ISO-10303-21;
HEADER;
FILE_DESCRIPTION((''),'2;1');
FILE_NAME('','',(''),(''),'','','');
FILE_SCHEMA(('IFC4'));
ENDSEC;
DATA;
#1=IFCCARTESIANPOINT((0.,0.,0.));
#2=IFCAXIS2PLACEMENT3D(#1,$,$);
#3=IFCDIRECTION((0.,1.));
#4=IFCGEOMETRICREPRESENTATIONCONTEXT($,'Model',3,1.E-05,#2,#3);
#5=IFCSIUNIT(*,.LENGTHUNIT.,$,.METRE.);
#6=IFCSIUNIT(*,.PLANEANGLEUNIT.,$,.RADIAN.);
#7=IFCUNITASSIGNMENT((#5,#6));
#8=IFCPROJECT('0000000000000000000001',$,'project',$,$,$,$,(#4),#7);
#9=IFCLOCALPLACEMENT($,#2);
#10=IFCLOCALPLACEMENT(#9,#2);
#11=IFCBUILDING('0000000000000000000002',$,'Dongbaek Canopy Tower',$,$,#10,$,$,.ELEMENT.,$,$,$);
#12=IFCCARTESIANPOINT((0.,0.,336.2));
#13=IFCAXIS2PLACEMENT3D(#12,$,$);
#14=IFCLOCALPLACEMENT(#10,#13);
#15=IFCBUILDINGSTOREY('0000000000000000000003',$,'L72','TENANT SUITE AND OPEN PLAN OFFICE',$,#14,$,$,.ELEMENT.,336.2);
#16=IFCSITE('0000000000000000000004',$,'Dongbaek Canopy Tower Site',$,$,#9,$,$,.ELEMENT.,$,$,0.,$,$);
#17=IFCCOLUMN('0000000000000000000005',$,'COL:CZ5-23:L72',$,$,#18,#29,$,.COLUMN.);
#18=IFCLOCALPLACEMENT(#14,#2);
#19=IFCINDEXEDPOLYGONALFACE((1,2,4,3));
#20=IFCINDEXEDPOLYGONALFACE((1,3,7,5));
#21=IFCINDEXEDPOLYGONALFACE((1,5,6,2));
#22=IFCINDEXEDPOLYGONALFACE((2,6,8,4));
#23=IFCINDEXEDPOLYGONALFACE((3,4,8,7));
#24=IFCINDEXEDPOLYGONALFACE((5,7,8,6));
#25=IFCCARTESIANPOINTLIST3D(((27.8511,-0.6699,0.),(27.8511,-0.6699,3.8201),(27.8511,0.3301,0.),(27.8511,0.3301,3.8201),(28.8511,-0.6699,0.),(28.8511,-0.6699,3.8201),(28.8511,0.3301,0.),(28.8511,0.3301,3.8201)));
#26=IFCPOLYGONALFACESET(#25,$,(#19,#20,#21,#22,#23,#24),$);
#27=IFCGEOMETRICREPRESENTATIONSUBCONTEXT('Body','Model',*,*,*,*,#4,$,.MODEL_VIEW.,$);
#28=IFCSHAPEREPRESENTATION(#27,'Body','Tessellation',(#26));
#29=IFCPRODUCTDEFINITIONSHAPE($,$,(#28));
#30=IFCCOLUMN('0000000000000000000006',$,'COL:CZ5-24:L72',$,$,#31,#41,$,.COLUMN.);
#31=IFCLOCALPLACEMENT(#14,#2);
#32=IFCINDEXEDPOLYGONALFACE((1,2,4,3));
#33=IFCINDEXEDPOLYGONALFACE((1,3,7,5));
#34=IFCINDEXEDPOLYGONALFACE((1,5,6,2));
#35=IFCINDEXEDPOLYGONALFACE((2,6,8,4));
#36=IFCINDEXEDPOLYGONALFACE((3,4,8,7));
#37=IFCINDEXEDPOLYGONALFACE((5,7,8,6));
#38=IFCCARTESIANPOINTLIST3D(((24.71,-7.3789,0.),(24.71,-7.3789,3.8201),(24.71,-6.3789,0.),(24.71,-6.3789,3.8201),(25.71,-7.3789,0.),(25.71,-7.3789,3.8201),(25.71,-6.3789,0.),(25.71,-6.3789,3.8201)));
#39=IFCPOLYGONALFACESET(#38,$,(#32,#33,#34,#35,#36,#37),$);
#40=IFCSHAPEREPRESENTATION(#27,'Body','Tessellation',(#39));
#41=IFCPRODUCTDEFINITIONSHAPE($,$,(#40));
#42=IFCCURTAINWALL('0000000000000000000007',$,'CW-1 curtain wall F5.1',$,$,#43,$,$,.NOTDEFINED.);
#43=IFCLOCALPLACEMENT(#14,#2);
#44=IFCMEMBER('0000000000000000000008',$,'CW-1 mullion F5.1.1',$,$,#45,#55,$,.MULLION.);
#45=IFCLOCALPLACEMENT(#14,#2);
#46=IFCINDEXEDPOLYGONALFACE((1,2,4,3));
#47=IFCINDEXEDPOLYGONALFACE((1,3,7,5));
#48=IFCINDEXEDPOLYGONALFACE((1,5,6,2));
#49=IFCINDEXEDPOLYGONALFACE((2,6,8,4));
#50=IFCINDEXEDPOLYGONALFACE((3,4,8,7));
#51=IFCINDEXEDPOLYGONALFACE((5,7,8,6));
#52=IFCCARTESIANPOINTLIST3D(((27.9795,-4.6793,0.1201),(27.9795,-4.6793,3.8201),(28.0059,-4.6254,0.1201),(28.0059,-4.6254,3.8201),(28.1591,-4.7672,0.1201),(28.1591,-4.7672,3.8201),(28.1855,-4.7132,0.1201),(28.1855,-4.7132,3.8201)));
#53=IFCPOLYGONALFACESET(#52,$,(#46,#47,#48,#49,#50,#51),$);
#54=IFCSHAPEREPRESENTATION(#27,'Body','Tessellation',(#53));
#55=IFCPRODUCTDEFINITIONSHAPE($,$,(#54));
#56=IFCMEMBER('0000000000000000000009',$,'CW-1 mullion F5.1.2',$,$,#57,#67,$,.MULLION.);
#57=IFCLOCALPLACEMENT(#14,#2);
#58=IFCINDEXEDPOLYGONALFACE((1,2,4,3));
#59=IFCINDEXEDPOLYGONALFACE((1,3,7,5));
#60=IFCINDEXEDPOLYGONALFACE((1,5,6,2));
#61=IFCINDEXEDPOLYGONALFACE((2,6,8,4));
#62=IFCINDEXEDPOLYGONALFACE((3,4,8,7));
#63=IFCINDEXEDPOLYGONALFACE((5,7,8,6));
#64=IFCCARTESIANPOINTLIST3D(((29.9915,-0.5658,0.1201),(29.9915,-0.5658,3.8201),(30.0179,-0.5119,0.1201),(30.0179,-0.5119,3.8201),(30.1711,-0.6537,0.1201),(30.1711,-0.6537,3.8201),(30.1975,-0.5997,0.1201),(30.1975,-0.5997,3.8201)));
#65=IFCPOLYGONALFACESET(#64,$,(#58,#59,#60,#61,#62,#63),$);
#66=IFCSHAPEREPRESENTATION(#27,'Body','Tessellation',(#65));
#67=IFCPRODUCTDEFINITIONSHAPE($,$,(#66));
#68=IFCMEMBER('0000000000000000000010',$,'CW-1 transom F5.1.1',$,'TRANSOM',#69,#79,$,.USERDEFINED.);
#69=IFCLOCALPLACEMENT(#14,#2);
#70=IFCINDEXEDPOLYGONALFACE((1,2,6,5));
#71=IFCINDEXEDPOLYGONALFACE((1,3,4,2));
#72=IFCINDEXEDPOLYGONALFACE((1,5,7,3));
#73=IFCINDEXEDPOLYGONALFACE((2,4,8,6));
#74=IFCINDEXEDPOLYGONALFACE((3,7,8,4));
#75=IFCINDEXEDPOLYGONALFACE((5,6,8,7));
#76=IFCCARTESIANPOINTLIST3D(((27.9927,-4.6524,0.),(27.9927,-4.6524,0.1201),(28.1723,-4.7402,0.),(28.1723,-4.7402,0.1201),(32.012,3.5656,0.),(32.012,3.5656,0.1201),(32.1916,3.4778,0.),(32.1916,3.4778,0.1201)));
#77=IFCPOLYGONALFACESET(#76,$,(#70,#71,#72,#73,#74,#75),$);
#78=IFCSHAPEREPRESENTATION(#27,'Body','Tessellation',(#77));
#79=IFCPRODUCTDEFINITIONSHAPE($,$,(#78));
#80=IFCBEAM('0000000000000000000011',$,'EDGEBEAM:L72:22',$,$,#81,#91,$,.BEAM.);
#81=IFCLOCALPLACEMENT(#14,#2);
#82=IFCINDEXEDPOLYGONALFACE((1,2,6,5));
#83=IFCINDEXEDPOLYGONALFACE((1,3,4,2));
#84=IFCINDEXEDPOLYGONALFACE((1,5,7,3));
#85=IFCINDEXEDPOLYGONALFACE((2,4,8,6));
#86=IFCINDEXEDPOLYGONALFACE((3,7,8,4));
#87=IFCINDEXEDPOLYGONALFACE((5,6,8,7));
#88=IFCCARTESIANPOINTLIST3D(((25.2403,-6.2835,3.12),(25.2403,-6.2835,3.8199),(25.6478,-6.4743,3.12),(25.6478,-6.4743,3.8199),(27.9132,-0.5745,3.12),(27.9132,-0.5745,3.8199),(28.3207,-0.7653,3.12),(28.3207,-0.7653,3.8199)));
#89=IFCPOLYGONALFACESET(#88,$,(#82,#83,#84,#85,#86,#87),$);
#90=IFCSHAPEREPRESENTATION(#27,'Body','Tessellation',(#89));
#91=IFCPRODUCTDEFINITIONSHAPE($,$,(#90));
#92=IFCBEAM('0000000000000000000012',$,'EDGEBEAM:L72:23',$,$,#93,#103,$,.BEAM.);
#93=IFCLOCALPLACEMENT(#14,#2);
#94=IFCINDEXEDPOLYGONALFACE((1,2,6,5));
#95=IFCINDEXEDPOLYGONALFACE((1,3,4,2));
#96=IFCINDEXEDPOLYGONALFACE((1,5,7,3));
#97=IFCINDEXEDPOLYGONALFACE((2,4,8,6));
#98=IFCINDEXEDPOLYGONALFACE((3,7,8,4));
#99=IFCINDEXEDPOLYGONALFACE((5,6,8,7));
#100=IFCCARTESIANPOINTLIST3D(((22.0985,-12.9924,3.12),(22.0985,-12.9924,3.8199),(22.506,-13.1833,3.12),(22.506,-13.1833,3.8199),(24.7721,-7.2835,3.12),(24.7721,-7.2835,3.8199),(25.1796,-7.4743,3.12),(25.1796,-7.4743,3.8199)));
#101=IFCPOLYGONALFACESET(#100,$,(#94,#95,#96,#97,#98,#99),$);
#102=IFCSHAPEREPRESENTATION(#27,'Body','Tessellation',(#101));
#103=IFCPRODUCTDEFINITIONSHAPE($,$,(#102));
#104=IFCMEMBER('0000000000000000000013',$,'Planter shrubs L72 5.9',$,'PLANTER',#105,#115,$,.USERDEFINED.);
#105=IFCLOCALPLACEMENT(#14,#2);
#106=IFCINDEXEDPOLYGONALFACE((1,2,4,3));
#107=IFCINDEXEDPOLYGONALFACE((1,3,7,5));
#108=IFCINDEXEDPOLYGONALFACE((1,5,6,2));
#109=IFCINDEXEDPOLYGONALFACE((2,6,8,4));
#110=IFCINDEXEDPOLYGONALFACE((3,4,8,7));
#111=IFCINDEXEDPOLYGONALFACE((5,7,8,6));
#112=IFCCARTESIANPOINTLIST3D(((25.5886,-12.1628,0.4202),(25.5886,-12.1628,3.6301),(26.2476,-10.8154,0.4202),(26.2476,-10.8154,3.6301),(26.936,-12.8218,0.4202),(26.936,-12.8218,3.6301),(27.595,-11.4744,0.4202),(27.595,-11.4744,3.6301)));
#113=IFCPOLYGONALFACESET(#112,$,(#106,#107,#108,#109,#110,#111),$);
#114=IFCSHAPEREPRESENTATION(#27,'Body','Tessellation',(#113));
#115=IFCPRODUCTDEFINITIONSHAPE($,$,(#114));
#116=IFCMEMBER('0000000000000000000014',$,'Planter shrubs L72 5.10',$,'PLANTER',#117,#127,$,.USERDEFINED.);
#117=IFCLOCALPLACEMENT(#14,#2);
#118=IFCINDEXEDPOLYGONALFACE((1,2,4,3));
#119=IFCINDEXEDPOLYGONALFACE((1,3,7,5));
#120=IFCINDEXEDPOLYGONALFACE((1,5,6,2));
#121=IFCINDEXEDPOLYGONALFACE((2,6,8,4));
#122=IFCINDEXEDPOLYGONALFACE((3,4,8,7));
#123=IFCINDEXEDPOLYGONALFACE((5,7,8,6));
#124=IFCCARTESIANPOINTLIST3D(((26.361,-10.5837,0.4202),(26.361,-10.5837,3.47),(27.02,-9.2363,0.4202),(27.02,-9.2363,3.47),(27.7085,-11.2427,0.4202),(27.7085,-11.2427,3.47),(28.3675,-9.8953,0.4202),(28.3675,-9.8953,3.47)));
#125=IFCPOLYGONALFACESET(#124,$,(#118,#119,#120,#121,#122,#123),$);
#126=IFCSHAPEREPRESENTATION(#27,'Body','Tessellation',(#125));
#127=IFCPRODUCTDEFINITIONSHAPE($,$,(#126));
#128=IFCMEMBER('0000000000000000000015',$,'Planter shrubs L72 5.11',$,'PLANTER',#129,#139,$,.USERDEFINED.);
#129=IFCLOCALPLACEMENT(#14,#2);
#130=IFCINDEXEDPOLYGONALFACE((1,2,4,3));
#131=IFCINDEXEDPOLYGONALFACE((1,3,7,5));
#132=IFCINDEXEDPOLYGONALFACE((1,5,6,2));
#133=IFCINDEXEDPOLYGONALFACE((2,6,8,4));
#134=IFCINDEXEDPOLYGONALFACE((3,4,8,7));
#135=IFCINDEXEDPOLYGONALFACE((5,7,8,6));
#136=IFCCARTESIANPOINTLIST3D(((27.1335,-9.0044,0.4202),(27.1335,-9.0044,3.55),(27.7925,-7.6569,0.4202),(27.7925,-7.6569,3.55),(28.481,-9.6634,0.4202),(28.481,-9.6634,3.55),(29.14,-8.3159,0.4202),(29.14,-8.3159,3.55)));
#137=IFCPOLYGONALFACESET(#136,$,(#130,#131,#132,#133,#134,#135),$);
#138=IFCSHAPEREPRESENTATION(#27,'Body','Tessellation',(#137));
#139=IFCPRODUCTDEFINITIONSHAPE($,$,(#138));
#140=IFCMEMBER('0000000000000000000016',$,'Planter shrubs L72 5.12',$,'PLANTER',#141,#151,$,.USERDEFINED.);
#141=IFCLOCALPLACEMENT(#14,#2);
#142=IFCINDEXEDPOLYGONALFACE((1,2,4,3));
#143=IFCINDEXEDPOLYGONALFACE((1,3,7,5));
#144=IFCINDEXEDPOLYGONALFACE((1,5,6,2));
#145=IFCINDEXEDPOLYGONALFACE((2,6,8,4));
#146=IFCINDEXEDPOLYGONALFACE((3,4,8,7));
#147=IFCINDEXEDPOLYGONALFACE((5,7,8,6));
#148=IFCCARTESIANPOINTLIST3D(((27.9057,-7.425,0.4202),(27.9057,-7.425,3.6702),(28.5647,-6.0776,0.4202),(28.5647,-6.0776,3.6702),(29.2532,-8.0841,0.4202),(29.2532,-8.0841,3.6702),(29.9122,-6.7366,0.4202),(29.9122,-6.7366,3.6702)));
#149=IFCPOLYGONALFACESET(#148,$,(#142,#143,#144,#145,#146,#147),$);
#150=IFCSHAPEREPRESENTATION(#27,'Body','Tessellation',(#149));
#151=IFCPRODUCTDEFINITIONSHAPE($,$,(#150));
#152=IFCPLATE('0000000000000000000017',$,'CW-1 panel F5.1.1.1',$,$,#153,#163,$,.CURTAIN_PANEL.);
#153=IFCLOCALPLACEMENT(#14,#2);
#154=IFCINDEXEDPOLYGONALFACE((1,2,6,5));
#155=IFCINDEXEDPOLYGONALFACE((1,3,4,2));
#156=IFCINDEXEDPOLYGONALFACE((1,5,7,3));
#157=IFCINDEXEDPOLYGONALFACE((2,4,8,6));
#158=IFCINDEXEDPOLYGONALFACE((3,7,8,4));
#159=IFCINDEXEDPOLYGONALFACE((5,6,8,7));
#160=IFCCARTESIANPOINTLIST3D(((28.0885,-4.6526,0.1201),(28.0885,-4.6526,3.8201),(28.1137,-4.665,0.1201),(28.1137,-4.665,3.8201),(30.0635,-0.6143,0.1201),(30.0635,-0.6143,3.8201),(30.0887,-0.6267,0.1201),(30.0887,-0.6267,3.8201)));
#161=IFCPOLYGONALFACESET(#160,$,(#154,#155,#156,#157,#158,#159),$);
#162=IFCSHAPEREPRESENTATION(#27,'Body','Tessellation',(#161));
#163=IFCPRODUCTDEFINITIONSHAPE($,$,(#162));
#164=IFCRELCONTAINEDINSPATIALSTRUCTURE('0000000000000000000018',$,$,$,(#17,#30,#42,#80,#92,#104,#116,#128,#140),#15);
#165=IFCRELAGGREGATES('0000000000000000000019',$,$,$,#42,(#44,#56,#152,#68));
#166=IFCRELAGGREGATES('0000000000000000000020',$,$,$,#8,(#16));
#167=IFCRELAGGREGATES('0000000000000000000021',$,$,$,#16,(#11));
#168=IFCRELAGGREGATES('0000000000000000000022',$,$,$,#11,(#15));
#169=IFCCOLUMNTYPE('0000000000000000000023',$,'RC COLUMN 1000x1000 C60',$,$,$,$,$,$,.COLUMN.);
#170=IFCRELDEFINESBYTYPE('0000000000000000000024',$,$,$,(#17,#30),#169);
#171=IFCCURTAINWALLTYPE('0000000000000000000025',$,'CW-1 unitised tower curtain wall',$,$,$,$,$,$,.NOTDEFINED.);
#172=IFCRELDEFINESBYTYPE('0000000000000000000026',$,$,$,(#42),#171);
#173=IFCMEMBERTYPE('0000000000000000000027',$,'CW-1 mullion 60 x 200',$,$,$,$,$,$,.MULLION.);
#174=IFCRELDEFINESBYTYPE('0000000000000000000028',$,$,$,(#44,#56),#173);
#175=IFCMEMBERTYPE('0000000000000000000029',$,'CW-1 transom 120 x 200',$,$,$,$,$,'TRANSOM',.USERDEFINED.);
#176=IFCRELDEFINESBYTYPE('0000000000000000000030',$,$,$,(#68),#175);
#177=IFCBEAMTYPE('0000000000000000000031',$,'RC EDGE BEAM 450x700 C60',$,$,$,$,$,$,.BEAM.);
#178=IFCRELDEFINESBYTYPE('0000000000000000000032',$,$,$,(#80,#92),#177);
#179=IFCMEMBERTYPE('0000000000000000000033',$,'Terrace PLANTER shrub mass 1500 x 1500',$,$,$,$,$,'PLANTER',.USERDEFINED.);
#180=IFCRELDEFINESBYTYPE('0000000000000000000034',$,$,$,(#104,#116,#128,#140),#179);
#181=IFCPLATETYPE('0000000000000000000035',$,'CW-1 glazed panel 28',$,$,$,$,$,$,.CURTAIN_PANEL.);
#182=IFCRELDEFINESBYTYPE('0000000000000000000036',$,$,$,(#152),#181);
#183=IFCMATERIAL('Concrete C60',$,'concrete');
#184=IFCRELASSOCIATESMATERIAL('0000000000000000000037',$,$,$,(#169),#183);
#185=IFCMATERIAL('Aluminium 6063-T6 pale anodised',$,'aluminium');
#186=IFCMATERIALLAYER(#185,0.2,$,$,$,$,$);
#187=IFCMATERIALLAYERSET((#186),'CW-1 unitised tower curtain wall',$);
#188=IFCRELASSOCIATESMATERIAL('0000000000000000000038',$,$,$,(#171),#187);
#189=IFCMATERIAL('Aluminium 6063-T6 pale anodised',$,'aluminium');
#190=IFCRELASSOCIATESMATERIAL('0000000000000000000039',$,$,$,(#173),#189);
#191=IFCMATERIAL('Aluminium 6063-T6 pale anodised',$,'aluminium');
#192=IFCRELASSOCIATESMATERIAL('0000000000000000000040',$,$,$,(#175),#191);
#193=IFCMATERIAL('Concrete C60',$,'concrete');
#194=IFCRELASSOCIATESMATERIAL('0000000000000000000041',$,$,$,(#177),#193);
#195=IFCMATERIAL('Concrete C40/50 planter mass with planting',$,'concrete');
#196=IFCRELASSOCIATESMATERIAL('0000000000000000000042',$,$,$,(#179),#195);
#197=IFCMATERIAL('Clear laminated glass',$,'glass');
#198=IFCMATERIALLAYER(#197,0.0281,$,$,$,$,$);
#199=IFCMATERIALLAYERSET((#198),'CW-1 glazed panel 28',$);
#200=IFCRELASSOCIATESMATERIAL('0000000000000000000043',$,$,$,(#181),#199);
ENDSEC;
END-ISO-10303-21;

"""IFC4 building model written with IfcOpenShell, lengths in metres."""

from ifc_helpers import new_model, si_unit, direction, frame, origin, origin_2d, place, context, subcontext, project, spatial, rectangle, extrude, material, layer, layer_set, material_profile, profile_set, type_object, element, aggregate, save


model = new_model("IFC4")

# Units and contexts
model_context = context("Model", 3, precision=1e-05, world=origin(), true_north=direction((0.0, 1.0)))
body_context = subcontext(model_context, "Body", "Model", "MODEL_VIEW")
ifc_project = project(units=[si_unit("LENGTHUNIT", "METRE"), si_unit("PLANEANGLEUNIT", "RADIAN")], contexts=[model_context])

# Site, building, storey
site_placement = place(None, origin())
site = spatial("IfcSite", under=ifc_project, at=site_placement, Name="Dongbaek Canopy Tower Site", CompositionType="ELEMENT", RefElevation=0.0)
building_placement = place(site_placement, origin())
building = spatial("IfcBuilding", under=site, at=building_placement, Name="Dongbaek Canopy Tower", CompositionType="ELEMENT")
storey_placement = place(building_placement, frame((0.0, 0.0, 336.2)))
storey = spatial("IfcBuildingStorey", under=building, at=storey_placement, Name="L72", Description="TENANT SUITE AND OPEN PLAN OFFICE", CompositionType="ELEMENT", Elevation=336.2)

# Columns
ifc_material_1 = material(Name="Concrete C60", Category="concrete")
ifc_material_profile_1 = material_profile(ifc_material_1, rectangle(XDim=1.0, YDim=1.0, at=origin_2d()), Name="RC COLUMN 1000x1000 C60")
ifc_profile_set_1 = profile_set([ifc_material_profile_1], Name="Concrete C60")
column_type = type_object("IfcColumnType", Name="RC COLUMN 1000x1000 C60", PredefinedType="COLUMN", material=ifc_profile_set_1)
for number, where, z_axis, x_axis, name in (
    (1, (28.3511, -0.1699, 0.0), (0.0, 0.0, 1.0), (1.0, 0.0, 0.0), "COL:CZ5-23:L72"),
    (2, (25.21, -6.8789, 0.0), (0.0, 0.0, 1.0), (1.0, 0.0, 0.0), "COL:CZ5-24:L72"),
):
    element("IfcColumn", number, at=place(storey_placement, frame(where, z_axis=z_axis, x_axis=x_axis)), inside=storey, type_object=column_type, Name=name, PredefinedType="COLUMN", context=body_context, shape_type="SweptSolid", body=[
        extrude(rectangle(XDim=1.0, YDim=1.0, at=origin_2d()), origin(), (0.0, 0.0, 1.0), 3.8201),
    ])

# Curtain wall, members
ifc_material_2 = material(Name="Aluminium 6063-T6 pale anodised", Category="aluminium")
ifc_layer_1 = layer(ifc_material_2, 0.2)
ifc_layer_set_1 = layer_set([ifc_layer_1], Name="CW-1 unitised tower curtain wall")
curtain_wall_type = type_object("IfcCurtainWallType", Name="CW-1 unitised tower curtain wall", PredefinedType="NOTDEFINED", material=ifc_layer_set_1)
curtain_wall_placement = place(storey_placement, origin())
curtain_wall = element("IfcCurtainWall", 3, at=curtain_wall_placement, inside=storey, type_object=curtain_wall_type, Name="CW-1 curtain wall F5.1", PredefinedType="NOTDEFINED")
ifc_material_3 = material(Name="Aluminium 6063-T6 pale anodised", Category="aluminium")
ifc_material_profile_2 = material_profile(ifc_material_3, rectangle(XDim=0.2, YDim=0.0601, at=origin_2d()), Name="CW-1 mullion 60 x 200")
ifc_profile_set_2 = profile_set([ifc_material_profile_2], Name="Aluminium 6063-T6 pale anodised")
member_type_1 = type_object("IfcMemberType", Name="CW-1 mullion 60 x 200", PredefinedType="MULLION", material=ifc_profile_set_2)
member_1_placement = place(storey_placement, frame((28.0825, -4.6963, 0.1201), z_axis=(0.0, 0.0, 1.0), x_axis=(0.898322, -0.439337, 0.0)))
member_1 = element("IfcMember", 4, at=member_1_placement, type_object=member_type_1, Name="CW-1 mullion F5.1.1", PredefinedType="MULLION", context=body_context, shape_type="SweptSolid", body=[
    extrude(rectangle(XDim=0.2, YDim=0.0601, at=origin_2d()), origin(), (0.0, 0.0, 1.0), 3.7),
])
member_2_placement = place(storey_placement, frame((30.0945, -0.5828, 0.1201), z_axis=(0.0, 0.0, 1.0), x_axis=(0.898322, -0.439337, 0.0)))
member_2 = element("IfcMember", 5, at=member_2_placement, type_object=member_type_1, Name="CW-1 mullion F5.1.2", PredefinedType="MULLION", context=body_context, shape_type="SweptSolid", body=[
    extrude(rectangle(XDim=0.2, YDim=0.0601, at=origin_2d()), origin(), (0.0, 0.0, 1.0), 3.7),
])
ifc_material_4 = material(Name="Aluminium 6063-T6 pale anodised", Category="aluminium")
ifc_material_profile_3 = material_profile(ifc_material_4, rectangle(XDim=0.2, YDim=0.1201, at=origin_2d()), Name="CW-1 transom 120 x 200")
ifc_profile_set_3 = profile_set([ifc_material_profile_3], Name="Aluminium 6063-T6 pale anodised")
member_type_2 = type_object("IfcMemberType", Name="CW-1 transom 120 x 200", ElementType="TRANSOM", PredefinedType="USERDEFINED", material=ifc_profile_set_3)
member_3_placement = place(storey_placement, frame((28.0825, -4.6963, 0.0601), z_axis=(0.43935, 0.898316, 0.0), x_axis=(-0.898316, 0.43935, 0.0)))
member_3 = element("IfcMember", 6, at=member_3_placement, type_object=member_type_2, Name="CW-1 transom F5.1.1", ObjectType="TRANSOM", PredefinedType="USERDEFINED", context=body_context, shape_type="SweptSolid", body=[
    extrude(rectangle(XDim=0.2, YDim=0.1201, at=origin_2d()), origin(), (0.0, 0.0, 1.0), 9.1482),
])

# Beams
ifc_material_5 = material(Name="Concrete C60", Category="concrete")
ifc_material_profile_4 = material_profile(ifc_material_5, rectangle(XDim=0.45, YDim=0.7, at=origin_2d()), Name="RC EDGE BEAM 450x700 C60")
ifc_profile_set_4 = profile_set([ifc_material_profile_4], Name="Concrete C60")
beam_type = type_object("IfcBeamType", Name="RC EDGE BEAM 450x700 C60", PredefinedType="BEAM", material=ifc_profile_set_4)
beam_1_placement = place(storey_placement, frame((28.1169, -0.6699, 3.47), z_axis=(-0.424013, -0.905656, 0.0), x_axis=(0.905656, -0.424013, 0.0)))
element("IfcBeam", 7, at=beam_1_placement, inside=storey, type_object=beam_type, Name="EDGEBEAM:L72:22", PredefinedType="BEAM", context=body_context, shape_type="SweptSolid", body=[
    extrude(rectangle(XDim=0.45, YDim=0.7, at=origin_2d()), origin(), (0.0, 0.0, 1.0), 6.3037),
])
beam_2_placement = place(storey_placement, frame((24.9758, -7.3789, 3.47), z_axis=(-0.424108, -0.905611, 0.0), x_axis=(0.905611, -0.424108, 0.0)))
element("IfcBeam", 8, at=beam_2_placement, inside=storey, type_object=beam_type, Name="EDGEBEAM:L72:23", PredefinedType="BEAM", context=body_context, shape_type="SweptSolid", body=[
    extrude(rectangle(XDim=0.45, YDim=0.7, at=origin_2d()), origin(), (0.0, 0.0, 1.0), 6.304),
])

# Members
ifc_material_6 = material(Name="Concrete C40/50 planter mass with planting", Category="concrete")
ifc_material_profile_5 = material_profile(ifc_material_6, rectangle(XDim=1.5, YDim=1.5, at=origin_2d()), Name="Terrace PLANTER shrub mass 1500 x 1500")
ifc_profile_set_5 = profile_set([ifc_material_profile_5], Name="Concrete C40/50 planter mass with planting")
member_type_3 = type_object("IfcMemberType", Name="Terrace PLANTER shrub mass 1500 x 1500", ElementType="PLANTER", PredefinedType="USERDEFINED", material=ifc_profile_set_5)
member_4_placement = place(storey_placement, frame((26.5918, -11.8186, 0.4202), z_axis=(0.0, 0.0, 1.0), x_axis=(0.898322, -0.439337, 0.0)))
element("IfcMember", 9, at=member_4_placement, inside=storey, type_object=member_type_3, Name="Planter shrubs L72 5.9", ObjectType="PLANTER", PredefinedType="USERDEFINED", context=body_context, shape_type="SweptSolid", body=[
    extrude(rectangle(XDim=1.5, YDim=1.5, at=origin_2d()), origin(), (0.0, 0.0, 1.0), 3.21),
])
member_5_placement = place(storey_placement, frame((27.3643, -10.2395, 0.4202), z_axis=(0.0, 0.0, 1.0), x_axis=(0.898322, -0.439337, 0.0)))
element("IfcMember", 10, at=member_5_placement, inside=storey, type_object=member_type_3, Name="Planter shrubs L72 5.10", ObjectType="PLANTER", PredefinedType="USERDEFINED", context=body_context, shape_type="SweptSolid", body=[
    extrude(rectangle(XDim=1.5, YDim=1.5, at=origin_2d()), origin(), (0.0, 0.0, 1.0), 3.0498),
])
member_6_placement = place(storey_placement, frame((28.1367, -8.6602, 0.4202), z_axis=(0.0, 0.0, 1.0), x_axis=(0.898322, -0.439337, 0.0)))
element("IfcMember", 11, at=member_6_placement, inside=storey, type_object=member_type_3, Name="Planter shrubs L72 5.11", ObjectType="PLANTER", PredefinedType="USERDEFINED", context=body_context, shape_type="SweptSolid", body=[
    extrude(rectangle(XDim=1.5, YDim=1.5, at=origin_2d()), origin(), (0.0, 0.0, 1.0), 3.1299),
])
member_7_placement = place(storey_placement, frame((28.9089, -7.0808, 0.4202), z_axis=(0.0, 0.0, 1.0), x_axis=(0.898322, -0.439337, 0.0)))
element("IfcMember", 12, at=member_7_placement, inside=storey, type_object=member_type_3, Name="Planter shrubs L72 5.12", ObjectType="PLANTER", PredefinedType="USERDEFINED", context=body_context, shape_type="SweptSolid", body=[
    extrude(rectangle(XDim=1.5, YDim=1.5, at=origin_2d()), origin(), (0.0, 0.0, 1.0), 3.25),
])

# Plate
ifc_material_7 = material(Name="Clear laminated glass", Category="glass")
ifc_layer_2 = layer(ifc_material_7, 0.0281)
ifc_layer_set_2 = layer_set([ifc_layer_2], Name="CW-1 glazed panel 28")
plate_type = type_object("IfcPlateType", Name="CW-1 glazed panel 28", PredefinedType="CURTAIN_PANEL", material=ifc_layer_set_2)
plate_placement = place(storey_placement, frame((29.0886, -2.6396, 0.1201), z_axis=(0.0, 0.0, 1.0), x_axis=(0.439337, 0.898322, 0.0)))
plate = element("IfcPlate", 13, at=plate_placement, type_object=plate_type, Name="CW-1 panel F5.1.1.1", PredefinedType="CURTAIN_PANEL", context=body_context, shape_type="SweptSolid", body=[
    extrude(rectangle(XDim=4.4954, YDim=0.0281, at=origin_2d()), origin(), (0.0, 0.0, 1.0), 3.7),
])

aggregate(curtain_wall, [member_1, member_2, plate, member_3])

save(model, "model.ifc")
